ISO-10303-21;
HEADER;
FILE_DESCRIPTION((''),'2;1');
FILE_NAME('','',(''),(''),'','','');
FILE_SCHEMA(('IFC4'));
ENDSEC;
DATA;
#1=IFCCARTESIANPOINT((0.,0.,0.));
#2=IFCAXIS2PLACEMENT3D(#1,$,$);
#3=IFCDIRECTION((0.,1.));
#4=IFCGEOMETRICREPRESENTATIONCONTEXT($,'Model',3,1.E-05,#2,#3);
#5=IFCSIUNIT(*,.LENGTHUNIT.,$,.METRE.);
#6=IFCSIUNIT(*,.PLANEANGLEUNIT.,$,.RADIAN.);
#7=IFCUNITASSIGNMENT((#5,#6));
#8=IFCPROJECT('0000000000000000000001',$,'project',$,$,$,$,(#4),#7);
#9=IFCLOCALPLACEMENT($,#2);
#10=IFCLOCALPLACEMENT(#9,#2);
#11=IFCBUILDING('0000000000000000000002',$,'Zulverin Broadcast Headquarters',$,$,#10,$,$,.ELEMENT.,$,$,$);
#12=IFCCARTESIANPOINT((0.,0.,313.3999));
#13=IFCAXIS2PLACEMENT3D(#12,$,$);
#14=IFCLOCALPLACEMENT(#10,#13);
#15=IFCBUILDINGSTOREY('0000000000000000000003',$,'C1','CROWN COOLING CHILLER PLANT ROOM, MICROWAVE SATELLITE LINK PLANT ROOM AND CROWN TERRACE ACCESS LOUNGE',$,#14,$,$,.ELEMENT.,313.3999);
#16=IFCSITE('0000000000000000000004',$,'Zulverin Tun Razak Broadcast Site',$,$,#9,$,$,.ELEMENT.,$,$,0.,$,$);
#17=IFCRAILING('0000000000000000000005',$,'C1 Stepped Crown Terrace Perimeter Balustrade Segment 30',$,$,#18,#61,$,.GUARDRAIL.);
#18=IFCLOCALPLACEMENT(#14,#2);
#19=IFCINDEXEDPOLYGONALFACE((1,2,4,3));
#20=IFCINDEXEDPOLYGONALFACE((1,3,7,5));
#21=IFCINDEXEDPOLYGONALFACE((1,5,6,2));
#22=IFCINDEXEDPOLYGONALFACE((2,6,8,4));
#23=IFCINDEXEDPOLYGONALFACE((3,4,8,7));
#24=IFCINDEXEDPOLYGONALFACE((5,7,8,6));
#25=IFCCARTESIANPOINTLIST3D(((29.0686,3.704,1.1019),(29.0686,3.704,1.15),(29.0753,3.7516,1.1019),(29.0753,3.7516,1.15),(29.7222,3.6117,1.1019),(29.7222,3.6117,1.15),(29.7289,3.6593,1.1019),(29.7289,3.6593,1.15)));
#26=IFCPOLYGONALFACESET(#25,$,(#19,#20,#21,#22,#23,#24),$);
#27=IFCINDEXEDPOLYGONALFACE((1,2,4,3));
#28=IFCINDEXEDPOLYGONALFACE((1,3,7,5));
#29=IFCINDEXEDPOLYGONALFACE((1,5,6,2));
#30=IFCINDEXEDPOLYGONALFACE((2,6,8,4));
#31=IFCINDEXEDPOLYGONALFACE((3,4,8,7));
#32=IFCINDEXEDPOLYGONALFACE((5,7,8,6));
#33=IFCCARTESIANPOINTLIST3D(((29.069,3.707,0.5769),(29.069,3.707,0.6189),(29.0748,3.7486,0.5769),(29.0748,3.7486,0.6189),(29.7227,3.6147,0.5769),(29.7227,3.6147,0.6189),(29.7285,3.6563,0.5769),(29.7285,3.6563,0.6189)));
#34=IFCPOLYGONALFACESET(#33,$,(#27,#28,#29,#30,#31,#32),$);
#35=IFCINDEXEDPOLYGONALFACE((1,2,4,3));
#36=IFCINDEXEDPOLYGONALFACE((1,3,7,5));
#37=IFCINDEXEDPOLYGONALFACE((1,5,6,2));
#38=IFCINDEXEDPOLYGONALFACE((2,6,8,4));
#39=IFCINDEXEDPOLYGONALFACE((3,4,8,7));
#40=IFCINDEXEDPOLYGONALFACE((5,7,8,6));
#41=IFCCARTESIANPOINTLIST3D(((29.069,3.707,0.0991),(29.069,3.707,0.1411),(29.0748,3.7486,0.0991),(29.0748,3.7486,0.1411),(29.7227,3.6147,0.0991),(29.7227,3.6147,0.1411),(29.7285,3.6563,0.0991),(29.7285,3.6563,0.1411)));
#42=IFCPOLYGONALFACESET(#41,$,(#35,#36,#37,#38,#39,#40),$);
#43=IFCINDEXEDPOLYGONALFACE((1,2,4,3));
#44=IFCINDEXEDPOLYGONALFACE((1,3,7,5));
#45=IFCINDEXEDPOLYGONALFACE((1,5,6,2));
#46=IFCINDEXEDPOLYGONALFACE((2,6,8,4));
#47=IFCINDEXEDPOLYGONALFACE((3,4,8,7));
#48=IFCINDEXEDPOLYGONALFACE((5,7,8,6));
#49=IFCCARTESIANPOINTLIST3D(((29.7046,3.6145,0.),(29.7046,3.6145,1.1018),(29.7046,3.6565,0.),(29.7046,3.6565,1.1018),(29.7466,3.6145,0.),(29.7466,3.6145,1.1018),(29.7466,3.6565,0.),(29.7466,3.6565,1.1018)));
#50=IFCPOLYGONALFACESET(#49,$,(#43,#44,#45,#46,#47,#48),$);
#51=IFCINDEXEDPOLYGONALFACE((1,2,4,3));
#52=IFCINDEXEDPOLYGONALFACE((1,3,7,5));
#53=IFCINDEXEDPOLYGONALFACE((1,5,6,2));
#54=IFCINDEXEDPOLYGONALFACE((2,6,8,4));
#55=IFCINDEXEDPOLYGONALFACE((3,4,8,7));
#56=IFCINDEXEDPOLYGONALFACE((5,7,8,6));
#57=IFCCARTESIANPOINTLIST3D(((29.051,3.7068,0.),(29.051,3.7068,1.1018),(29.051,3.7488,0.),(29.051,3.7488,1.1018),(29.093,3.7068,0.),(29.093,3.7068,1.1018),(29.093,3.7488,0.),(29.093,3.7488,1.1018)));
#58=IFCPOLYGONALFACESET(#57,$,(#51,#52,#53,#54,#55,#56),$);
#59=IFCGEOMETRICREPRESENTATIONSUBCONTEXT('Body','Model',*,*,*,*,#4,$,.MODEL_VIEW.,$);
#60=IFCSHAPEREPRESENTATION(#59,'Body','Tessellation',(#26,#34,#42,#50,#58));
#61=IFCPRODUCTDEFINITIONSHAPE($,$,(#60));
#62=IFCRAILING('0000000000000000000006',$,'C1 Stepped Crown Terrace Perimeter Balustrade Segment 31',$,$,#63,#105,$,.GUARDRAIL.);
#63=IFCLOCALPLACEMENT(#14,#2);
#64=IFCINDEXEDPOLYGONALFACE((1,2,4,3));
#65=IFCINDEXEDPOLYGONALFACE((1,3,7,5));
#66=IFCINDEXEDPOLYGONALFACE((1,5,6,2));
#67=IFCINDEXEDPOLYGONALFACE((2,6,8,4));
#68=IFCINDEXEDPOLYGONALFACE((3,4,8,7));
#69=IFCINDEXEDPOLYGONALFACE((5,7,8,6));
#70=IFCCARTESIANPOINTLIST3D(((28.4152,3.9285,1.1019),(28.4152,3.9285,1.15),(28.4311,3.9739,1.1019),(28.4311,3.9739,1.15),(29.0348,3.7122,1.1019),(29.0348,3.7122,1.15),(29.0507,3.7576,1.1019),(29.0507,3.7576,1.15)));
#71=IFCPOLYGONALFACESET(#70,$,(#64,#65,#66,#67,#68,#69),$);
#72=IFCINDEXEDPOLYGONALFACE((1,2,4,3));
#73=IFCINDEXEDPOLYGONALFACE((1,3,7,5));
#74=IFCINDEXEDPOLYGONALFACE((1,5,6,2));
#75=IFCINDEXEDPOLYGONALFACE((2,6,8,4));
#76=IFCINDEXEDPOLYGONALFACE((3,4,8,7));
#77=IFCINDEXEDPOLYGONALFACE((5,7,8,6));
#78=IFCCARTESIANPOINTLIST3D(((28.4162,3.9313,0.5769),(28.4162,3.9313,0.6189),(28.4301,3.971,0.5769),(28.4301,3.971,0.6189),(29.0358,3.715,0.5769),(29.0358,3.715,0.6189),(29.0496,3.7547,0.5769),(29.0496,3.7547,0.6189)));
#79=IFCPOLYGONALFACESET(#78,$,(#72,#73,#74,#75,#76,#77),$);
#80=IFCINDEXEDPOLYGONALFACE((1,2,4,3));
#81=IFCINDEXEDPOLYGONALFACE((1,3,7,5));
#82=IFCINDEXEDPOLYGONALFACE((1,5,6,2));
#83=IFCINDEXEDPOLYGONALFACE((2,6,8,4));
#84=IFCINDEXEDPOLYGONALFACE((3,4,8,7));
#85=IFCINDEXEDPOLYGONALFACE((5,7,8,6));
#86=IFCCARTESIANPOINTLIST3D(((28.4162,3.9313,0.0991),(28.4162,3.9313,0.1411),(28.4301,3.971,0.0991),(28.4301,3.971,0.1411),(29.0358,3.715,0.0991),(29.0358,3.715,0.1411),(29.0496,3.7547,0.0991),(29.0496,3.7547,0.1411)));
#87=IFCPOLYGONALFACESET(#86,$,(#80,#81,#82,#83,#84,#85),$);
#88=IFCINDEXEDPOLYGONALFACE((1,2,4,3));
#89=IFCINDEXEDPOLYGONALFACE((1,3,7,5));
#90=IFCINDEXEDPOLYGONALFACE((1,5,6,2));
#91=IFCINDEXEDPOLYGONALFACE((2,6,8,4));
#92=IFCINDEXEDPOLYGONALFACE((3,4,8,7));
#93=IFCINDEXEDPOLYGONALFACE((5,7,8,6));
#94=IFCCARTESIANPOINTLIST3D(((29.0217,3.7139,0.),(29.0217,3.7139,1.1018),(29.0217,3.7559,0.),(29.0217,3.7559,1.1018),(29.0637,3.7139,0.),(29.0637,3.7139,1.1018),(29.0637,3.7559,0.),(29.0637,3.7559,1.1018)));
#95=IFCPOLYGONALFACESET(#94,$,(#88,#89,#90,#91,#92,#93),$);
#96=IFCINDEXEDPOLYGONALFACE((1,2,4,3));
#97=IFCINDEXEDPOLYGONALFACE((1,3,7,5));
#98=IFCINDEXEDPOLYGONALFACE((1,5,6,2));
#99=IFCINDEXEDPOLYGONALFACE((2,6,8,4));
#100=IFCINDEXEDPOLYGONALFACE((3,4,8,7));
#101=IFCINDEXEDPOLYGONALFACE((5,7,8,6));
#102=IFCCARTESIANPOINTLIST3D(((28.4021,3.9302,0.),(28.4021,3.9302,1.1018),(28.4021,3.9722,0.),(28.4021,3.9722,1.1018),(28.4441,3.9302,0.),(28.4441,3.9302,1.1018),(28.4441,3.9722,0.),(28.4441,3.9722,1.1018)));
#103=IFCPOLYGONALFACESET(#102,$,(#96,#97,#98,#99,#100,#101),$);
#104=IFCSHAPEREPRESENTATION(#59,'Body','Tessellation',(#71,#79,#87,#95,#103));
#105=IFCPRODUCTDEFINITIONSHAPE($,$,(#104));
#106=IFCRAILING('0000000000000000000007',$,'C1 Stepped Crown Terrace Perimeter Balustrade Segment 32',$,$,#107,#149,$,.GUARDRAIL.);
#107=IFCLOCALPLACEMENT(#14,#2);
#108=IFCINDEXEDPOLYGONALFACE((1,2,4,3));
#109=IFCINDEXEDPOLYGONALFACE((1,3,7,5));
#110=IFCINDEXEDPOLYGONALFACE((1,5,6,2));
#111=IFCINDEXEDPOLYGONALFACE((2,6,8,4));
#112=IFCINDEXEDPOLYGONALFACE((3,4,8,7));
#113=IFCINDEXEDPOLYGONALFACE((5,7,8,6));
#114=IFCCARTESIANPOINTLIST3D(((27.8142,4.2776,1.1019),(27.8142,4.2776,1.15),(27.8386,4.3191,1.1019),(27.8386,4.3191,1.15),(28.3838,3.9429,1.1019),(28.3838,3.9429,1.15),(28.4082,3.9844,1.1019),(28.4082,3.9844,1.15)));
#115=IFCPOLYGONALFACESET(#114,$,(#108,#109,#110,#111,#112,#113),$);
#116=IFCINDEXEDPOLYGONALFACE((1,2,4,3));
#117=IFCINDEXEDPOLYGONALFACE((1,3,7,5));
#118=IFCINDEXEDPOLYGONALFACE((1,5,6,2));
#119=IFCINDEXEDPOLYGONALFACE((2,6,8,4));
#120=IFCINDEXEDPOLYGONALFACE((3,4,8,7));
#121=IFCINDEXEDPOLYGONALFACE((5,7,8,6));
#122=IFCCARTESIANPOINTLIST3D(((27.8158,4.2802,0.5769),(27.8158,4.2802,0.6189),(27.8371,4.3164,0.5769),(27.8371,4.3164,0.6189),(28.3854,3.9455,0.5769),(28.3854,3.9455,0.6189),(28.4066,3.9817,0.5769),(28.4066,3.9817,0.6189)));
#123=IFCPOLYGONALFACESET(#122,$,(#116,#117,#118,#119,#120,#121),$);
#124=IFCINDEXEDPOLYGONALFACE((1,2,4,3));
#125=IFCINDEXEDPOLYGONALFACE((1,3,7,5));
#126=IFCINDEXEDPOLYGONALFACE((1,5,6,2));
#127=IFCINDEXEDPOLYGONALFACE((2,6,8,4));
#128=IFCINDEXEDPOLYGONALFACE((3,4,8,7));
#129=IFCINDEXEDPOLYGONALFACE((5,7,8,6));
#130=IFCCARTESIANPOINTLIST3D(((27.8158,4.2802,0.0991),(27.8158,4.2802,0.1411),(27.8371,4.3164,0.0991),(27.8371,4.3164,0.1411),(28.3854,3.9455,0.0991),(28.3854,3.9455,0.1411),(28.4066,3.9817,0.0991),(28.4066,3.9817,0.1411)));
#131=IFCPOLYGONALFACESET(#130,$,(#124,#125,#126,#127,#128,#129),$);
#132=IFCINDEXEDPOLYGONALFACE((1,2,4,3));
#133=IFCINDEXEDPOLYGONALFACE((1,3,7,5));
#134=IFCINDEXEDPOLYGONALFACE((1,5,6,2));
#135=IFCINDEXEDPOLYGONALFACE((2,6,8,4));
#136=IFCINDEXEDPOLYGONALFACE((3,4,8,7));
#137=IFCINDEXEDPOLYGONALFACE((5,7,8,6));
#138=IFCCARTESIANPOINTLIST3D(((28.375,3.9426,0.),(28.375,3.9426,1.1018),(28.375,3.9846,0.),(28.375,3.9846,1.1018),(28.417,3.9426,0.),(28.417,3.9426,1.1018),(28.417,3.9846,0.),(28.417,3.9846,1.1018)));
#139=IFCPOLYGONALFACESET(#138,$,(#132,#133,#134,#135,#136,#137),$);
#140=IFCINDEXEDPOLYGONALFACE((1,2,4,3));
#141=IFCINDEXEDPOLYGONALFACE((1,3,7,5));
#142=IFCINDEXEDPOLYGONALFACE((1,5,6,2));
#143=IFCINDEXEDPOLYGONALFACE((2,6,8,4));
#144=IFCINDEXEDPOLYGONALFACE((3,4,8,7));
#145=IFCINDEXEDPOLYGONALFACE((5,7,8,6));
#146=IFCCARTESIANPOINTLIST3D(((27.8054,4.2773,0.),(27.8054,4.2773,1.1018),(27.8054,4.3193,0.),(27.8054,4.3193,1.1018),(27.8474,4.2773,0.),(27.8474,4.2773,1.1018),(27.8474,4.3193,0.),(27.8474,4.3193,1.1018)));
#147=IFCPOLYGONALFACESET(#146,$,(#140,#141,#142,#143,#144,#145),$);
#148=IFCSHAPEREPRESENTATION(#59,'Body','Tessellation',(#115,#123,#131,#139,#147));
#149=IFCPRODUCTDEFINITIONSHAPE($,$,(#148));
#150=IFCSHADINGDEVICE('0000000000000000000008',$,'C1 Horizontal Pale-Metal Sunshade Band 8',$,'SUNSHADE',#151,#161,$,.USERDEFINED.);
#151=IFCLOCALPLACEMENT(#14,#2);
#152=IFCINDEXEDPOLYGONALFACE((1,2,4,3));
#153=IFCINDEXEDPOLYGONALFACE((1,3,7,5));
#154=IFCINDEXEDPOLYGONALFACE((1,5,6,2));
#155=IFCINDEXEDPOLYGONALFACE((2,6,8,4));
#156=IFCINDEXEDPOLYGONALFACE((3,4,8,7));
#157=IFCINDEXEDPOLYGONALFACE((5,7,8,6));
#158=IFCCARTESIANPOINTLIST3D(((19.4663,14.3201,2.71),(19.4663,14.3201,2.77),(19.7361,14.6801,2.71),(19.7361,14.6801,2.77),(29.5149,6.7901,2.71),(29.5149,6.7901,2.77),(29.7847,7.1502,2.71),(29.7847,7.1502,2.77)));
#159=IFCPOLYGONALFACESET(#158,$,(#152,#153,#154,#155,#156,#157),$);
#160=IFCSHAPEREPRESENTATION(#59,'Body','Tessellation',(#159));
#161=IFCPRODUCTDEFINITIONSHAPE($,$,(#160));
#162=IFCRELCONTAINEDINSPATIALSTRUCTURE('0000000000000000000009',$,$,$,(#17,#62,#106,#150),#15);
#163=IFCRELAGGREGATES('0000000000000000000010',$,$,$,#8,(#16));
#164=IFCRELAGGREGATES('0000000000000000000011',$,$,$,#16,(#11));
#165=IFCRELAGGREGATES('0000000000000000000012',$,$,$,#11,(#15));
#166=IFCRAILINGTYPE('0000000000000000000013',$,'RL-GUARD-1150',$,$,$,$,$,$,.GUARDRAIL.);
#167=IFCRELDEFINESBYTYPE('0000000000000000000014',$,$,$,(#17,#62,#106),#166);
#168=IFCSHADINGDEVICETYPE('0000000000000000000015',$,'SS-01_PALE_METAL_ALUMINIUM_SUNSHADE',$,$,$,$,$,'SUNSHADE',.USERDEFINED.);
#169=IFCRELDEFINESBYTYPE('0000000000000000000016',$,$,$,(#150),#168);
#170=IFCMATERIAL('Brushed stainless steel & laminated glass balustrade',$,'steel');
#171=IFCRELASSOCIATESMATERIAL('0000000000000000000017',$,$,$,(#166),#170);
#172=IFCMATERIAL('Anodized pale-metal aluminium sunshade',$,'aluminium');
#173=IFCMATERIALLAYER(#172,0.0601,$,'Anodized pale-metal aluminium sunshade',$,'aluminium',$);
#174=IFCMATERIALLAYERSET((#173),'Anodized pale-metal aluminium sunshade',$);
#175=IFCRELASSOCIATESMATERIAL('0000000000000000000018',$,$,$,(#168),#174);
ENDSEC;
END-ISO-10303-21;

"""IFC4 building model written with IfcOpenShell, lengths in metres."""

from ifc_helpers import new_model, si_unit, direction, frame, origin, origin_2d, place, context, subcontext, project, spatial, rectangle, extrude, material, layer, layer_set, type_object, element, save


model = new_model("IFC4")

# Units and contexts
model_context = context("Model", 3, precision=1e-05, world=origin(), true_north=direction((0.0, 1.0)))
body_context = subcontext(model_context, "Body", "Model", "MODEL_VIEW")
ifc_project = project(units=[si_unit("LENGTHUNIT", "METRE"), si_unit("PLANEANGLEUNIT", "RADIAN")], contexts=[model_context])

# Site, building, storey
site_placement = place(None, origin())
site = spatial("IfcSite", under=ifc_project, at=site_placement, Name="Zulverin Tun Razak Broadcast Site", CompositionType="ELEMENT", RefElevation=0.0)
building_placement = place(site_placement, origin())
building = spatial("IfcBuilding", under=site, at=building_placement, Name="Zulverin Broadcast Headquarters", CompositionType="ELEMENT")
storey_placement = place(building_placement, frame((0.0, 0.0, 313.3999)))
storey = spatial("IfcBuildingStorey", under=building, at=storey_placement, Name="C1", Description="CROWN COOLING CHILLER PLANT ROOM, MICROWAVE SATELLITE LINK PLANT ROOM AND CROWN TERRACE ACCESS LOUNGE", CompositionType="ELEMENT", Elevation=313.3999)

# Railings
ifc_material_1 = material(Name="Brushed stainless steel & laminated glass balustrade", Category="steel")
railing_type = type_object("IfcRailingType", Name="RL-GUARD-1150", PredefinedType="GUARDRAIL", material=ifc_material_1)
railing_1_placement = place(storey_placement, frame((29.7256, 3.6355, 0.0)))
element("IfcRailing", 1, at=railing_1_placement, inside=storey, type_object=railing_type, Name="C1 Stepped Crown Terrace Perimeter Balustrade Segment 30", PredefinedType="GUARDRAIL", context=body_context, shape_type="SweptSolid", body=[
    extrude(rectangle(XDim=0.0481, YDim=0.0481, at=origin_2d()), frame((0.0, 0.0, 1.126), z_axis=(-0.990178, 0.139816, 0.0), x_axis=(-0.139816, -0.990178, 0.0)), (0.0, 0.0, 1.0), 0.6602),
    extrude(rectangle(XDim=0.042, YDim=0.042, at=origin_2d()), frame((0.0, 0.0, 0.5979), z_axis=(-0.990178, 0.139816, 0.0), x_axis=(-0.139816, -0.990178, 0.0)), (0.0, 0.0, 1.0), 0.6602),
    extrude(rectangle(XDim=0.042, YDim=0.042, at=origin_2d()), frame((0.0, 0.0, 0.1201), z_axis=(-0.990178, 0.139816, 0.0), x_axis=(-0.139816, -0.990178, 0.0)), (0.0, 0.0, 1.0), 0.6602),
    extrude(rectangle(XDim=0.042, YDim=0.042, at=origin_2d()), origin(), (0.0, 0.0, 1.0), 1.1018),
    extrude(rectangle(XDim=0.042, YDim=0.042, at=origin_2d()), frame((-0.6536, 0.0923, 0.0)), (0.0, 0.0, 1.0), 1.1018),
])
railing_2_placement = place(storey_placement, frame((29.0427, 3.7349, 0.0)))
element("IfcRailing", 2, at=railing_2_placement, inside=storey, type_object=railing_type, Name="C1 Stepped Crown Terrace Perimeter Balustrade Segment 31", PredefinedType="GUARDRAIL", context=body_context, shape_type="SweptSolid", body=[
    extrude(rectangle(XDim=0.0481, YDim=0.0481, at=origin_2d()), frame((0.0, 0.0, 1.126), z_axis=(-0.944125, 0.329588, 0.0), x_axis=(-0.329588, -0.944125, 0.0)), (0.0, 0.0, 1.0), 0.6562),
    extrude(rectangle(XDim=0.042, YDim=0.042, at=origin_2d()), frame((0.0, 0.0, 0.5979), z_axis=(-0.944125, 0.329588, 0.0), x_axis=(-0.329588, -0.944125, 0.0)), (0.0, 0.0, 1.0), 0.6562),
    extrude(rectangle(XDim=0.042, YDim=0.042, at=origin_2d()), frame((0.0, 0.0, 0.1201), z_axis=(-0.944125, 0.329588, 0.0), x_axis=(-0.329588, -0.944125, 0.0)), (0.0, 0.0, 1.0), 0.6562),
    extrude(rectangle(XDim=0.042, YDim=0.042, at=origin_2d()), origin(), (0.0, 0.0, 1.0), 1.1018),
    extrude(rectangle(XDim=0.042, YDim=0.042, at=origin_2d()), frame((-0.6196, 0.2163, 0.0)), (0.0, 0.0, 1.0), 1.1018),
])
railing_3_placement = place(storey_placement, frame((28.396, 3.9636, 0.0)))
element("IfcRailing", 3, at=railing_3_placement, inside=storey, type_object=railing_type, Name="C1 Stepped Crown Terrace Perimeter Balustrade Segment 32", PredefinedType="GUARDRAIL", context=body_context, shape_type="SweptSolid", body=[
    extrude(rectangle(XDim=0.0481, YDim=0.0481, at=origin_2d()), frame((0.0, 0.0, 1.126), z_axis=(-0.862153, 0.506649, 0.0), x_axis=(-0.506649, -0.862153, 0.0)), (0.0, 0.0, 1.0), 0.6606),
    extrude(rectangle(XDim=0.042, YDim=0.042, at=origin_2d()), frame((0.0, 0.0, 0.5979), z_axis=(-0.862153, 0.506649, 0.0), x_axis=(-0.506649, -0.862153, 0.0)), (0.0, 0.0, 1.0), 0.6606),
    extrude(rectangle(XDim=0.042, YDim=0.042, at=origin_2d()), frame((0.0, 0.0, 0.1201), z_axis=(-0.862153, 0.506649, 0.0), x_axis=(-0.506649, -0.862153, 0.0)), (0.0, 0.0, 1.0), 0.6606),
    extrude(rectangle(XDim=0.042, YDim=0.042, at=origin_2d()), origin(), (0.0, 0.0, 1.0), 1.1018),
    extrude(rectangle(XDim=0.042, YDim=0.042, at=origin_2d()), frame((-0.5696, 0.3347, 0.0)), (0.0, 0.0, 1.0), 1.1018),
])

# Shading device
ifc_material_2 = material(Name="Anodized pale-metal aluminium sunshade", Category="aluminium")
ifc_layer_1 = layer(ifc_material_2, 0.0601, Name="Anodized pale-metal aluminium sunshade", Category="aluminium")
ifc_layer_set_1 = layer_set([ifc_layer_1], Name="Anodized pale-metal aluminium sunshade")
shading_device_type = type_object("IfcShadingDeviceType", Name="SS-01_PALE_METAL_ALUMINIUM_SUNSHADE", ElementType="SUNSHADE", PredefinedType="USERDEFINED", material=ifc_layer_set_1)
shading_device_placement = place(storey_placement, frame((24.6255, 10.7351, 2.71), z_axis=(0.0, 0.0, 1.0), x_axis=(0.800248, -0.599669, 0.0)))
element("IfcShadingDevice", 4, at=shading_device_placement, inside=storey, type_object=shading_device_type, Name="C1 Horizontal Pale-Metal Sunshade Band 8", ObjectType="SUNSHADE", PredefinedType="USERDEFINED", context=body_context, shape_type="SweptSolid", body=[
    extrude(rectangle(XDim=12.5569, YDim=0.45, at=origin_2d()), origin(), (0.0, 0.0, 1.0), 0.0601),
])

save(model, "model.ifc")
